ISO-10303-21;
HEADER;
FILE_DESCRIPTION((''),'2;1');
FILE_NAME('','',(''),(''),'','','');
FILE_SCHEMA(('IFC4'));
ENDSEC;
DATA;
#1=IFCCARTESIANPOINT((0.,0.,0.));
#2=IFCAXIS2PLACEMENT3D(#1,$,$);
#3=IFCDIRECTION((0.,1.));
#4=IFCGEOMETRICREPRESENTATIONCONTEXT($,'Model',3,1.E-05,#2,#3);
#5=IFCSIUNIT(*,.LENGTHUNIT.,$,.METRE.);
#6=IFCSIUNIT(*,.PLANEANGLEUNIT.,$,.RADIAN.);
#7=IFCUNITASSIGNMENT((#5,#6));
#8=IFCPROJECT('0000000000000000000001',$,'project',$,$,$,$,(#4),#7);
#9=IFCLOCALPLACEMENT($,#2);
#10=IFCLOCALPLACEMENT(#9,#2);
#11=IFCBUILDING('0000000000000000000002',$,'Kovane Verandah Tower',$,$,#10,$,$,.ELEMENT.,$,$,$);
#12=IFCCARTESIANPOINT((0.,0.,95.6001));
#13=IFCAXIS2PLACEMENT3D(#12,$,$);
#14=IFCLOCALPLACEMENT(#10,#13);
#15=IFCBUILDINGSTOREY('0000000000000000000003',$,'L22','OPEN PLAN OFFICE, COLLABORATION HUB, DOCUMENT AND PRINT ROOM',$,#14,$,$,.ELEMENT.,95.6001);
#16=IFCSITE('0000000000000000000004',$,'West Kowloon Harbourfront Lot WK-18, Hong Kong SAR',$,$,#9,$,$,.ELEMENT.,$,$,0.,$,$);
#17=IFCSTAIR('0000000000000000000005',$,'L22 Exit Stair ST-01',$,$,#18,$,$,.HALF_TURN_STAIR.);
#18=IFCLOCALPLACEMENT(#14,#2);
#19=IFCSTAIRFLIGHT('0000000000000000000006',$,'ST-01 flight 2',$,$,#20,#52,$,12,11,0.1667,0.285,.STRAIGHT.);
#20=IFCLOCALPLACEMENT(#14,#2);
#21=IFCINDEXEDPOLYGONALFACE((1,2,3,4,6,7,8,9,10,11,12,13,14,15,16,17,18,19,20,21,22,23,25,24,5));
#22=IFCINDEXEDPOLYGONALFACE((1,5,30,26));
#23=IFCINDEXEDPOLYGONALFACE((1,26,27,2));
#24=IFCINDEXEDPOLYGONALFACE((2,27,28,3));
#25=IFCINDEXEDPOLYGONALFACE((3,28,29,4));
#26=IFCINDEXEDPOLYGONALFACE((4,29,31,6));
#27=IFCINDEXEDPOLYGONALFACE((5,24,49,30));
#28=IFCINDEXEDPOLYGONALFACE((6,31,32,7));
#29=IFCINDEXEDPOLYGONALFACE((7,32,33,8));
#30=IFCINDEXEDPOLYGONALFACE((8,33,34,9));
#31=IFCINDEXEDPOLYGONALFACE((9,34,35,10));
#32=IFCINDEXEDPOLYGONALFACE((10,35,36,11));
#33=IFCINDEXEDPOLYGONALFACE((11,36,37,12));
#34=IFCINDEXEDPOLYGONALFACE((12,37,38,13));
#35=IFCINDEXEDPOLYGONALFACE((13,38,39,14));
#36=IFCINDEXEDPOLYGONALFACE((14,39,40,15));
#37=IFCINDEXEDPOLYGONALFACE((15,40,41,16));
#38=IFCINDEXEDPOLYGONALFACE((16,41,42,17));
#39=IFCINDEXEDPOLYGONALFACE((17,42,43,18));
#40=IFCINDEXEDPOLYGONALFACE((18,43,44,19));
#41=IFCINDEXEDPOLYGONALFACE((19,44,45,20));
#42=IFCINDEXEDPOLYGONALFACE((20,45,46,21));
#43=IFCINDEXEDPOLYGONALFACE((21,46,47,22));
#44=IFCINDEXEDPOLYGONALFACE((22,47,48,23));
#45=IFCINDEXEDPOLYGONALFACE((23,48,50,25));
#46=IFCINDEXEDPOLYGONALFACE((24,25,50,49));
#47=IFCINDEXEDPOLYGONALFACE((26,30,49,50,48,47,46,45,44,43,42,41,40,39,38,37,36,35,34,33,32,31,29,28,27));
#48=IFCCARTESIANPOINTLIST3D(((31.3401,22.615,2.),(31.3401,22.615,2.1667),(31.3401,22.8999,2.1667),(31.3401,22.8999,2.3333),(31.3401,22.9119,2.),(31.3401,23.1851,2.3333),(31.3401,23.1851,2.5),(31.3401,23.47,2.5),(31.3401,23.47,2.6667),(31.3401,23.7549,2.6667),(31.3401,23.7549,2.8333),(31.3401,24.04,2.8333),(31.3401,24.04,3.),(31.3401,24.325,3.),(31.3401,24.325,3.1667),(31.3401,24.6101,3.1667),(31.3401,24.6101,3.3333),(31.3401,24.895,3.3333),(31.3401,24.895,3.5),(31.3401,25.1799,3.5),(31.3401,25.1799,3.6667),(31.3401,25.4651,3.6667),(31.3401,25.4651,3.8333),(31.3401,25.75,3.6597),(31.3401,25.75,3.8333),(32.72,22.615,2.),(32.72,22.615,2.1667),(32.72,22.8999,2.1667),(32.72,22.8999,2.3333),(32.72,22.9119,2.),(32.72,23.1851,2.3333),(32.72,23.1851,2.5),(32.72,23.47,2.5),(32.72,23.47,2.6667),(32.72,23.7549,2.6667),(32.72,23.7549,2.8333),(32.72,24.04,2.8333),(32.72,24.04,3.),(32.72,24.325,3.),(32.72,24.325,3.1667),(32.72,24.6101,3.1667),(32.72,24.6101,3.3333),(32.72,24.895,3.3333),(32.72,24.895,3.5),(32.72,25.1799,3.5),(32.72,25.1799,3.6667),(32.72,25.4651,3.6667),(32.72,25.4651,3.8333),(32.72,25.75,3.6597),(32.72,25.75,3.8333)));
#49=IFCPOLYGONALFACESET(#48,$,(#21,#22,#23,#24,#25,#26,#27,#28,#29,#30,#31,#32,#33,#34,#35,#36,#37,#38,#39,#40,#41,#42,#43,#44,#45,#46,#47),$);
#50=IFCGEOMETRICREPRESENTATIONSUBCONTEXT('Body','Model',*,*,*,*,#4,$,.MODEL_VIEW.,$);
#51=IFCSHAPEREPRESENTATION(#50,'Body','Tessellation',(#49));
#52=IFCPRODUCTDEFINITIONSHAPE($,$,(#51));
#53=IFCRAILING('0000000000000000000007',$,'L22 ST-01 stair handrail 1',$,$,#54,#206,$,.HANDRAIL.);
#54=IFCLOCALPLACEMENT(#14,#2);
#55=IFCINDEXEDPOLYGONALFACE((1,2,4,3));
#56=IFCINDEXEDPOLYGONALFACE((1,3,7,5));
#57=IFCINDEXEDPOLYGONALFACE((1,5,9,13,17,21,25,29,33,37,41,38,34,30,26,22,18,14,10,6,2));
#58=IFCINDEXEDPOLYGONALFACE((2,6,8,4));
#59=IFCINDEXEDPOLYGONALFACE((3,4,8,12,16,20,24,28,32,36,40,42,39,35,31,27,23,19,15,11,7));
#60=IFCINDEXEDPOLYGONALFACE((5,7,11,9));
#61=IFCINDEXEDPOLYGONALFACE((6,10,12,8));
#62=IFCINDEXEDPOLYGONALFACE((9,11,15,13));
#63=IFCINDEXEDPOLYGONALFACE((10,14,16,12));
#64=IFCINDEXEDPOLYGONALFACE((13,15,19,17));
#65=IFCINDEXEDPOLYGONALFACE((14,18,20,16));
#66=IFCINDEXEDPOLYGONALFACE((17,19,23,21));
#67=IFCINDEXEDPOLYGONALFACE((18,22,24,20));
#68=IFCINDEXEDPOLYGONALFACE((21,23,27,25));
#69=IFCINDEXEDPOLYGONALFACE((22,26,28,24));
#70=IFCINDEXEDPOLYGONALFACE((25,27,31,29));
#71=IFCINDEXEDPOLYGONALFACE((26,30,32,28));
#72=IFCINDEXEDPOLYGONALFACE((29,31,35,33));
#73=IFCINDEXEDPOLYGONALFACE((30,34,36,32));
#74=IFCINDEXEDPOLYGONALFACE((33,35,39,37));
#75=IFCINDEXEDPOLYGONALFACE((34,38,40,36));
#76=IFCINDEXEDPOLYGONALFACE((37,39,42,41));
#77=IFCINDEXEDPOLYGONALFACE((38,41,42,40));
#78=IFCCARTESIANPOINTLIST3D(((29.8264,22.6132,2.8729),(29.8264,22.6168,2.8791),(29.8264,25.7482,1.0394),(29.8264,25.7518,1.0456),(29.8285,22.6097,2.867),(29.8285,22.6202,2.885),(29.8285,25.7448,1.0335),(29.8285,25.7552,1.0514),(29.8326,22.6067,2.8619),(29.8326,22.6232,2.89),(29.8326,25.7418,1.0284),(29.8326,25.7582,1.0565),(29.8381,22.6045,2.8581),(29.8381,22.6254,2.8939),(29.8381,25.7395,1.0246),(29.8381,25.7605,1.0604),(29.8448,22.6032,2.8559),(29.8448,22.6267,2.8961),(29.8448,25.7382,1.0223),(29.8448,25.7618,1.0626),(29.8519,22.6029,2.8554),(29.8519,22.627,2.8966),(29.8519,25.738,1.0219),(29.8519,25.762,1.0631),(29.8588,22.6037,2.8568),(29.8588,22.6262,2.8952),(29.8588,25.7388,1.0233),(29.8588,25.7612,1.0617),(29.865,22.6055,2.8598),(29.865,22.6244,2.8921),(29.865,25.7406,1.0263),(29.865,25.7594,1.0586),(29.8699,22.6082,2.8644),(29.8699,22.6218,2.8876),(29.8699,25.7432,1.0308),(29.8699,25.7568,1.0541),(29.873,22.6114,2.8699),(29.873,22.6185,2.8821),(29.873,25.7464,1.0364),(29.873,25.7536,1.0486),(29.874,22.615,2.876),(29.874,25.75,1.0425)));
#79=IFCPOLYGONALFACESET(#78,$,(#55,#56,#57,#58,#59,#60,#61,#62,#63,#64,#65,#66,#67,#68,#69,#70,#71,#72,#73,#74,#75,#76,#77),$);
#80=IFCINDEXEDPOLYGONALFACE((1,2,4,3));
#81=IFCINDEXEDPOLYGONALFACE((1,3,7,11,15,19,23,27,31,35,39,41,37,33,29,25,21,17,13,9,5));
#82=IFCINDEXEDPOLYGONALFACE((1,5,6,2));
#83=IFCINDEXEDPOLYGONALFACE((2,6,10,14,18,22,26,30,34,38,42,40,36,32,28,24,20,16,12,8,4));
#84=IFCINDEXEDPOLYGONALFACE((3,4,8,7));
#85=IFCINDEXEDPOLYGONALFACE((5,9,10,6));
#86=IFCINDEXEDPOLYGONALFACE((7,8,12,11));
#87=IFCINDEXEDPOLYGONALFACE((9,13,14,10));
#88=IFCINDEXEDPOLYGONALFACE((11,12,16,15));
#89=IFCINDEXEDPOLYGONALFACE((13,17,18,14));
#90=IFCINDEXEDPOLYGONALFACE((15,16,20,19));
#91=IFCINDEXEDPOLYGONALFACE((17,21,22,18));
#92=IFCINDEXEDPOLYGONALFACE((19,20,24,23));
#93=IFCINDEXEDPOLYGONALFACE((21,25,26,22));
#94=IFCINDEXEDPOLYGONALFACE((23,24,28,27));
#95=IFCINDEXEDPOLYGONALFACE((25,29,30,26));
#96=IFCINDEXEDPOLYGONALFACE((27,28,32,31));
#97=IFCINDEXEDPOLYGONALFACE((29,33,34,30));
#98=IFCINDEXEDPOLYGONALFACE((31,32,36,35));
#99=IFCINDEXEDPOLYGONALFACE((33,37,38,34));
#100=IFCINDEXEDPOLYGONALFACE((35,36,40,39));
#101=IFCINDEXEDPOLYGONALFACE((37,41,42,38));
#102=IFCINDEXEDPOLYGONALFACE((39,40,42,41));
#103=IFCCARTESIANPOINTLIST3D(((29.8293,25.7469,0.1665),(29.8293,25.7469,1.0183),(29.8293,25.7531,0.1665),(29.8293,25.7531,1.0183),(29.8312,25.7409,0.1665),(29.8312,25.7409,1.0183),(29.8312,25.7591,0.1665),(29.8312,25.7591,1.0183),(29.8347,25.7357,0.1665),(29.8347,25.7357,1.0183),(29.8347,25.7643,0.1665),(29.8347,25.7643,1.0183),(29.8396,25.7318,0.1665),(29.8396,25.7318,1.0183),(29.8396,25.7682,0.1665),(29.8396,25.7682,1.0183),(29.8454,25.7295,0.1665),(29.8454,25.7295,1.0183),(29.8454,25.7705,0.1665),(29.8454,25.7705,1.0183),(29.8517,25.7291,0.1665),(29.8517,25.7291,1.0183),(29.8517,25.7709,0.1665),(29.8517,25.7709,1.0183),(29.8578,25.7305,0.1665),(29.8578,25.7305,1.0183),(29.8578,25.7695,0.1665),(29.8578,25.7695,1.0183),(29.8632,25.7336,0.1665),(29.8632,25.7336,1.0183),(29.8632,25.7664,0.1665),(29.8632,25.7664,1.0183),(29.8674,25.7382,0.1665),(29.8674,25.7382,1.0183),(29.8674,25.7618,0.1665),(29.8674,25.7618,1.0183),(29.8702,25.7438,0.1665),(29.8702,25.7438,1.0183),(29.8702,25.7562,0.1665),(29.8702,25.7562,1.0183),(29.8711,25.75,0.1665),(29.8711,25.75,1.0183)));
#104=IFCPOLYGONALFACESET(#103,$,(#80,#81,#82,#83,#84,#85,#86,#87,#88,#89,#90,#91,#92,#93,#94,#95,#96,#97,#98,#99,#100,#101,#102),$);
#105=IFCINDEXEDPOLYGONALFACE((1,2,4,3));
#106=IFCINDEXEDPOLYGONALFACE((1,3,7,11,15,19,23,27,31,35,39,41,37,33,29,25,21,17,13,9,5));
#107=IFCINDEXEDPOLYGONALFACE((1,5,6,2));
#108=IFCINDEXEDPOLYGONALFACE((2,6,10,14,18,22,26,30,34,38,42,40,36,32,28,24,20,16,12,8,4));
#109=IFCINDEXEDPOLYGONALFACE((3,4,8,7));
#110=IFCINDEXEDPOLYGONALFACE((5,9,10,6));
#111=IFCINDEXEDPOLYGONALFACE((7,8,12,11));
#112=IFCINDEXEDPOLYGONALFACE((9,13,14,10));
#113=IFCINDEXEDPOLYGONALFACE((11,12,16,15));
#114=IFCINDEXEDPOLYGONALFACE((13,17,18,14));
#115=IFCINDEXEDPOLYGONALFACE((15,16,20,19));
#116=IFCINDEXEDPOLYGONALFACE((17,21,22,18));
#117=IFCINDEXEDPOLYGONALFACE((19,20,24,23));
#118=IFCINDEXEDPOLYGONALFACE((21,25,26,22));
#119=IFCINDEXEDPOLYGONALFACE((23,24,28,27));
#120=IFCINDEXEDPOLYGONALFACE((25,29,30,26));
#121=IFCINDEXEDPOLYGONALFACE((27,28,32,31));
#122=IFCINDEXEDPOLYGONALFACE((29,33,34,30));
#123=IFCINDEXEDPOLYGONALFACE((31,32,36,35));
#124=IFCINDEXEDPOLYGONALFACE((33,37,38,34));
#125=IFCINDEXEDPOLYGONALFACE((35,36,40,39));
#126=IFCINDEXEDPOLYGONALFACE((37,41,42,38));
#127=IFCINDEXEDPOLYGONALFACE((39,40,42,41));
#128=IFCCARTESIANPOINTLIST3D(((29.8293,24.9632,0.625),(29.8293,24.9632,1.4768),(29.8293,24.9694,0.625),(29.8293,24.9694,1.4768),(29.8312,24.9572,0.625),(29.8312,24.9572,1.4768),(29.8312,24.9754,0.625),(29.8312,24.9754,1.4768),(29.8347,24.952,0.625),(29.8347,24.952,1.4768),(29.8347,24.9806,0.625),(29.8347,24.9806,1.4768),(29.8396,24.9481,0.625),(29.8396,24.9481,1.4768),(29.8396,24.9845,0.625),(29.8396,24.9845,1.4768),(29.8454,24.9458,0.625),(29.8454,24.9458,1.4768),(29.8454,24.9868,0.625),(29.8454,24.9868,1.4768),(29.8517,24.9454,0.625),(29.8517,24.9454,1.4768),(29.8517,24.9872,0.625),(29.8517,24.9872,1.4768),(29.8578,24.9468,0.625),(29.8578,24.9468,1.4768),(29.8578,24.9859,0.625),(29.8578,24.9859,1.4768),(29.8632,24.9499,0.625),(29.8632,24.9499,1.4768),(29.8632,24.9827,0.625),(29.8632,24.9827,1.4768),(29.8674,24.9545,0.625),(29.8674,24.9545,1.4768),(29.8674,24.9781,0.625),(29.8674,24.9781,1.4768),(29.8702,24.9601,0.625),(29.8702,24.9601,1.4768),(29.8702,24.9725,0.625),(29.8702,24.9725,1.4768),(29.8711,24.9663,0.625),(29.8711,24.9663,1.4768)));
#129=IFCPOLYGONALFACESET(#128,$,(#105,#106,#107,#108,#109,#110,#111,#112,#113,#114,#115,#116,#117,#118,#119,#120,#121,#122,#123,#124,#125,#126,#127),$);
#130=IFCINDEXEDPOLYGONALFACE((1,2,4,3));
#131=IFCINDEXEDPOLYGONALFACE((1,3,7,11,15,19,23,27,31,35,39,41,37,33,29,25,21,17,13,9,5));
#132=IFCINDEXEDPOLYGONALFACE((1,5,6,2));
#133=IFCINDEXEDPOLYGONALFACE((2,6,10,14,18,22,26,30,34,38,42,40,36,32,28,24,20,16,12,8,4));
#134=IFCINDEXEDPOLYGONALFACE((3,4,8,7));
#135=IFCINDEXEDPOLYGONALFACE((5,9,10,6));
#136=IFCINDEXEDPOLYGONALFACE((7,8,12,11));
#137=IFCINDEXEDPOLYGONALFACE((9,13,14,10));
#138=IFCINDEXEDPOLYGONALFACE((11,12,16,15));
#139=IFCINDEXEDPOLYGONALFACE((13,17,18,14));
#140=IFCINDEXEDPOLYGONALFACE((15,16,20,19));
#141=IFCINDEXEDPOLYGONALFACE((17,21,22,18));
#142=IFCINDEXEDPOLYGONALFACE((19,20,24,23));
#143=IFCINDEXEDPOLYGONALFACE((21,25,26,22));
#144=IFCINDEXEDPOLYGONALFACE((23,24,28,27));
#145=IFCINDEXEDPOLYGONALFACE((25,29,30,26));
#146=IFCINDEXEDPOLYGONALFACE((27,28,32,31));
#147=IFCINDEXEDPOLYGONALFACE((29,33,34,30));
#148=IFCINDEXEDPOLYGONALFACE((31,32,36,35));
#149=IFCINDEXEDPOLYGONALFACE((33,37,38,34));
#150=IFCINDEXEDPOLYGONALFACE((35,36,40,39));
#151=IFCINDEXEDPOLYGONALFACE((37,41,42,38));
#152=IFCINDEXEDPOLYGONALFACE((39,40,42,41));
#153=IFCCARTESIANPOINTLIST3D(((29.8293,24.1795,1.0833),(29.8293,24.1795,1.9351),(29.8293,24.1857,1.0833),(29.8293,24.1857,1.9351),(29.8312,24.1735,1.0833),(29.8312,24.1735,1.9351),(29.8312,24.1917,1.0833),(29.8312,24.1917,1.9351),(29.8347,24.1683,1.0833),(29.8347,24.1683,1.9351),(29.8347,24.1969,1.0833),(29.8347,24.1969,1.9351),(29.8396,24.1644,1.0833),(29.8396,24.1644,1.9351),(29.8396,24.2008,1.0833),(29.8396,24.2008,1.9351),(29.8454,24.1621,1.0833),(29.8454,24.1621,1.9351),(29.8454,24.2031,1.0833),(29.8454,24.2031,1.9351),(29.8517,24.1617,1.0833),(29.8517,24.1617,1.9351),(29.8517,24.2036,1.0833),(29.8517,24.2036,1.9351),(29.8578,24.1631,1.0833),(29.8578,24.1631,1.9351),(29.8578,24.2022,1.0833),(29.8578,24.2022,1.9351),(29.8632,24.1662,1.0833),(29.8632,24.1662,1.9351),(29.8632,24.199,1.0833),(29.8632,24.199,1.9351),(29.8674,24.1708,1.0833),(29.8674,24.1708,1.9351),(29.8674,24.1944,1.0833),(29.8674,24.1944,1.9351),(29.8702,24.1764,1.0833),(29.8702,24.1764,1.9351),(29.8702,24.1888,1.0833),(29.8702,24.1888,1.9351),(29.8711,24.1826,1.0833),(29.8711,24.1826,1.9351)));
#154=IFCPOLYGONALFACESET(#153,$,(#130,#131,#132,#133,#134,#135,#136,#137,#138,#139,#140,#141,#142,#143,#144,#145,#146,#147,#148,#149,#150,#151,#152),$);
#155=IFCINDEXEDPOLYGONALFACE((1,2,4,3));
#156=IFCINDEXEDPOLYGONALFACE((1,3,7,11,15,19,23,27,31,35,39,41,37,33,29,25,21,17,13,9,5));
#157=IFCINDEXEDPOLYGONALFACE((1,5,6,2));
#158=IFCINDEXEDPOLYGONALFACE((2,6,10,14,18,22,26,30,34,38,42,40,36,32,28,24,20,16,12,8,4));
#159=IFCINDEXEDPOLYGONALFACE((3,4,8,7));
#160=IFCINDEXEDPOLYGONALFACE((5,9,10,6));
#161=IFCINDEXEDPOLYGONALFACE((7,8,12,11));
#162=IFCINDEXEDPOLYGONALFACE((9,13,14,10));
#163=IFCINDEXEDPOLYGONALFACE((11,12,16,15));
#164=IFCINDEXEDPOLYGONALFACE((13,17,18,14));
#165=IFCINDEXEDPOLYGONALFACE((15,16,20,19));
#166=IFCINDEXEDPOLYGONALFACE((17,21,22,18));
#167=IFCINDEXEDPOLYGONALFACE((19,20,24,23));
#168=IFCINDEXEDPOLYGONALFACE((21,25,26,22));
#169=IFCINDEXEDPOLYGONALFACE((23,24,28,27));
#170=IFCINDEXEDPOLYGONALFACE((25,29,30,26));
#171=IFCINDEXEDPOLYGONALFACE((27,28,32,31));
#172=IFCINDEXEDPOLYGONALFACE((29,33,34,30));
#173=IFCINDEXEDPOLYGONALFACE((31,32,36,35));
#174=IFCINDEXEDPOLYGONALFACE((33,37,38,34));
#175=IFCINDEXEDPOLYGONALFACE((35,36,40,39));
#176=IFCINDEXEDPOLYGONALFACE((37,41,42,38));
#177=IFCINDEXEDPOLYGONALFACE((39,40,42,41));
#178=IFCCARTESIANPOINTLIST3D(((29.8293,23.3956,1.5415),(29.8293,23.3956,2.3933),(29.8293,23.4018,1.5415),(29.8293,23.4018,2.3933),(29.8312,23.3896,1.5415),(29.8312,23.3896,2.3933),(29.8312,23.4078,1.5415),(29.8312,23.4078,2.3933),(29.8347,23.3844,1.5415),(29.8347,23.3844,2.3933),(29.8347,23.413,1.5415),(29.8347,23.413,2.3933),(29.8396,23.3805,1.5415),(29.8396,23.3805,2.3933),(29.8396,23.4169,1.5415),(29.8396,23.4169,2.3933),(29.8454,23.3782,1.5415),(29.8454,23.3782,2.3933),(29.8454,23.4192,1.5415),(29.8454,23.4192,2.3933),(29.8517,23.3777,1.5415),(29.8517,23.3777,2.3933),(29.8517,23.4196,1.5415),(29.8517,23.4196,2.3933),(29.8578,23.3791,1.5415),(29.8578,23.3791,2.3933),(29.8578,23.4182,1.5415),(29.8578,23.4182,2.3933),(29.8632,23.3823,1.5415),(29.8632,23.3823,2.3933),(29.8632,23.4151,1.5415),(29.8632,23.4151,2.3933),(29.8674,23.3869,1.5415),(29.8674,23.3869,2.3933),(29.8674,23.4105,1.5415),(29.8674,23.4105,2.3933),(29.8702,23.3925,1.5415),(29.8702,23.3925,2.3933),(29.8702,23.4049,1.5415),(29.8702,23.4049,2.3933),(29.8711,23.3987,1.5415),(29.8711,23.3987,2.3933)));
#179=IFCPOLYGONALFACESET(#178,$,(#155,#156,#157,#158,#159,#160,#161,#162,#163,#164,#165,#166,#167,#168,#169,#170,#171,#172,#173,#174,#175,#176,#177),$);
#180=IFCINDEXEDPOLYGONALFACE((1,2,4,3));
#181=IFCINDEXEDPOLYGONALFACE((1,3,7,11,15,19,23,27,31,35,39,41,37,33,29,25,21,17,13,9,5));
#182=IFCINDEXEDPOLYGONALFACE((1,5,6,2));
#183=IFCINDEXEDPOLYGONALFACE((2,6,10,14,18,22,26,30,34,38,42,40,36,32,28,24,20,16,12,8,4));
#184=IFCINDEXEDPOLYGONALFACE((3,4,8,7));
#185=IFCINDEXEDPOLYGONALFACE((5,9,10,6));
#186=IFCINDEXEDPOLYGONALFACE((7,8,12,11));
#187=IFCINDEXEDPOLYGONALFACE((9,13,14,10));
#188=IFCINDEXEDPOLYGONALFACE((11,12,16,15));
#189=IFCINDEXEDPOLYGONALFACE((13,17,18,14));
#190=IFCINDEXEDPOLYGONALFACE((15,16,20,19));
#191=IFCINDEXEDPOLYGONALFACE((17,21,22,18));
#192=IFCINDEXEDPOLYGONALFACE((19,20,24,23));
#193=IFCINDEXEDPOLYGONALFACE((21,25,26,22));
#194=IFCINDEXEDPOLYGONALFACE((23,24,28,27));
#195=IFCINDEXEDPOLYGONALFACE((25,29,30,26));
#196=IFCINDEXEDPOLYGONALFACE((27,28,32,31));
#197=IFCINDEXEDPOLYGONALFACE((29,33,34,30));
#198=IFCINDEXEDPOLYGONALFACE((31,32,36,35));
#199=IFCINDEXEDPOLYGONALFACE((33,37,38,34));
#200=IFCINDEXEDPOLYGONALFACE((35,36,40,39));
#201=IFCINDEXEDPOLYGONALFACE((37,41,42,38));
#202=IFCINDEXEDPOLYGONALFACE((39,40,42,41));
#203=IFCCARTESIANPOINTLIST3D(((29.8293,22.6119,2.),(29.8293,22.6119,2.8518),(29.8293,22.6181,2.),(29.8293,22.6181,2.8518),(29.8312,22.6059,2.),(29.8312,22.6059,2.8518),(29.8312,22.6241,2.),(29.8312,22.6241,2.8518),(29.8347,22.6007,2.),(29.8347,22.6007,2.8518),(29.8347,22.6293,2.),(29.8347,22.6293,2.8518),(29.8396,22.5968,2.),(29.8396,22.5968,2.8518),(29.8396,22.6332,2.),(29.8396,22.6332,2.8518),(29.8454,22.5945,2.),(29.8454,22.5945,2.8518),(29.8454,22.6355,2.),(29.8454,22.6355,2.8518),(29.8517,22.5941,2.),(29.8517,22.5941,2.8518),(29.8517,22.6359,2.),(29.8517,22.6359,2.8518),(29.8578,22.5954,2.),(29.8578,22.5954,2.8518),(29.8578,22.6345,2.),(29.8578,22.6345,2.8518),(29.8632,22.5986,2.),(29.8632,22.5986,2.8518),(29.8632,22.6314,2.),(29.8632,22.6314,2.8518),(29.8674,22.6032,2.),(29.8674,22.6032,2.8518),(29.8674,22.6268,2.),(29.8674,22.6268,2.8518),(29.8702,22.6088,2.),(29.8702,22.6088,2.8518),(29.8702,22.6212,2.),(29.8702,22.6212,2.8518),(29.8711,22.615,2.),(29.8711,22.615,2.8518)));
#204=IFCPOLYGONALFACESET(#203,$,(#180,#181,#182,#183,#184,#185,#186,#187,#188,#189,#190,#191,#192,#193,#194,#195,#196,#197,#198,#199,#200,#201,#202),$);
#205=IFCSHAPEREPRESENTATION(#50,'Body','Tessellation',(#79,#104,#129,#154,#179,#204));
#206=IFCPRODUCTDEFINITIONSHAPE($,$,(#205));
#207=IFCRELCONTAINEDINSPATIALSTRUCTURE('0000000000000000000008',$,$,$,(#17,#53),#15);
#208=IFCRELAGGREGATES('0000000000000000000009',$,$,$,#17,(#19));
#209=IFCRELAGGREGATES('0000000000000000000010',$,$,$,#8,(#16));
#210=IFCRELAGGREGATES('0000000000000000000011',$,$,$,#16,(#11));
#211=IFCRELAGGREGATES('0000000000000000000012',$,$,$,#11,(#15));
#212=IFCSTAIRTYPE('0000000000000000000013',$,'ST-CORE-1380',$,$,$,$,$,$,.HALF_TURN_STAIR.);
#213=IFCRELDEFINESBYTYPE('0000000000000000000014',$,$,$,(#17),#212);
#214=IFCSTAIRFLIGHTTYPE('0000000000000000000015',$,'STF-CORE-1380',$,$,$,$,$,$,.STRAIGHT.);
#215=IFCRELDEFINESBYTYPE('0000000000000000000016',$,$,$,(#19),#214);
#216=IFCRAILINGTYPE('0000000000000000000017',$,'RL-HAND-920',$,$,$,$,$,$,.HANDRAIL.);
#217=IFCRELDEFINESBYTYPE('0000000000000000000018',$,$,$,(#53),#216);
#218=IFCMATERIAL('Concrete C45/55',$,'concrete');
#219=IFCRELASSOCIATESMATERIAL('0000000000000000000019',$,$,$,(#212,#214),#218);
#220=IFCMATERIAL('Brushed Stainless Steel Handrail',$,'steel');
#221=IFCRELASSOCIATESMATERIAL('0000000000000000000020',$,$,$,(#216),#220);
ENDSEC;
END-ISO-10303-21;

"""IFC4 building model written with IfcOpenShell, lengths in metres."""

from ifc_helpers import new_model, si_unit, direction, frame, origin, origin_2d, place, context, subcontext, project, spatial, polyline, circle, outline, extrude, material, type_object, element, aggregate, save


model = new_model("IFC4")

# Units and contexts
model_context = context("Model", 3, precision=1e-05, world=origin(), true_north=direction((0.0, 1.0)))
body_context = subcontext(model_context, "Body", "Model", "MODEL_VIEW")
ifc_project = project(units=[si_unit("LENGTHUNIT", "METRE"), si_unit("PLANEANGLEUNIT", "RADIAN")], contexts=[model_context])

# Site, building, storey
site_placement = place(None, origin())
site = spatial("IfcSite", under=ifc_project, at=site_placement, Name="West Kowloon Harbourfront Lot WK-18, Hong Kong SAR", CompositionType="ELEMENT", RefElevation=0.0)
building_placement = place(site_placement, origin())
building = spatial("IfcBuilding", under=site, at=building_placement, Name="Kovane Verandah Tower", CompositionType="ELEMENT")
storey_placement = place(building_placement, frame((0.0, 0.0, 95.6001)))
storey = spatial("IfcBuildingStorey", under=building, at=storey_placement, Name="L22", Description="OPEN PLAN OFFICE, COLLABORATION HUB, DOCUMENT AND PRINT ROOM", CompositionType="ELEMENT", Elevation=95.6001)

# Shared definitions
ifc_material_1 = material(Name="Concrete C45/55", Category="concrete")

# Stair, stair flight
stair_type = type_object("IfcStairType", Name="ST-CORE-1380", PredefinedType="HALF_TURN_STAIR", material=ifc_material_1)
stair_placement = place(storey_placement, origin())
stair = element("IfcStair", 1, at=stair_placement, inside=storey, type_object=stair_type, Name="L22 Exit Stair ST-01", PredefinedType="HALF_TURN_STAIR")
stair_flight_type = type_object("IfcStairFlightType", Name="STF-CORE-1380", PredefinedType="STRAIGHT", material=ifc_material_1)
stair_flight_1_placement = place(storey_placement, frame((32.03, 22.615, 2.0), z_axis=(0.0, 0.0, 1.0), x_axis=(0.0, 1.0, 0.0)))
stair_flight_1 = element("IfcStairFlight", 2, at=stair_flight_1_placement, type_object=stair_flight_type, Name="ST-01 flight 2", NumberOfRisers=12, NumberOfTreads=11, PredefinedType="STRAIGHT", RiserHeight=0.1667, TreadLength=0.285, context=body_context, shape_type="SweptSolid", body=[
    extrude(outline(polyline([(0.0, 0.0), (0.0, 0.1667), (0.2849, 0.1667), (0.2849, 0.3333), (0.5701, 0.3333), (0.5701, 0.5), (0.855, 0.5), (0.855, 0.6667), (1.1399, 0.6667), (1.1399, 0.8333), (1.425, 0.8333), (1.425, 1.0), (1.71, 1.0), (1.71, 1.1667), (1.9951, 1.1667), (1.9951, 1.3333), (2.28, 1.3333), (2.28, 1.5), (2.5649, 1.5), (2.5649, 1.6667), (2.8501, 1.6667), (2.8501, 1.8333), (3.135, 1.8333), (3.135, 2.0), (3.135, 1.6597), (0.2969, 0.0), (0.0, 0.0)])), frame((0.0, 0.6899, 0.0), z_axis=(0.0, -1.0, 0.0), x_axis=(1.0, 0.0, 0.0)), (0.0, 0.0, 1.0), 1.3799),
])
aggregate(stair, [stair_flight_1])

# Railing
ifc_material_2 = material(Name="Brushed Stainless Steel Handrail", Category="steel")
railing_type_1 = type_object("IfcRailingType", Name="RL-HAND-920", PredefinedType="HANDRAIL", material=ifc_material_2)
railing_1_placement = place(storey_placement, frame((29.8501, 25.75, 0.1665)))
element("IfcRailing", 3, at=railing_1_placement, inside=storey, type_object=railing_type_1, Name="L22 ST-01 stair handrail 1", PredefinedType="HANDRAIL", context=body_context, shape_type="SweptSolid", body=[
    extrude(circle(Radius=0.0239, at=origin_2d()), frame((0.0, 0.0, 0.876), z_axis=(0.0, -0.86321, 0.504845), x_axis=(1.0, 0.0, 0.0)), (0.0, 0.0, 1.0), 3.6318),
    extrude(circle(Radius=0.021, at=origin_2d()), origin(), (0.0, 0.0, 1.0), 0.8518),
    extrude(circle(Radius=0.021, at=origin_2d()), frame((0.0, -0.7837, 0.4585)), (0.0, 0.0, 1.0), 0.8518),
    extrude(circle(Radius=0.021, at=origin_2d()), frame((0.0, -1.5674, 0.9167)), (0.0, 0.0, 1.0), 0.8518),
    extrude(circle(Radius=0.021, at=origin_2d()), frame((0.0, -2.3513, 1.375)), (0.0, 0.0, 1.0), 0.8518),
    extrude(circle(Radius=0.021, at=origin_2d()), frame((0.0, -3.135, 1.8335)), (0.0, 0.0, 1.0), 0.8518),
])

save(model, "model.ifc")
